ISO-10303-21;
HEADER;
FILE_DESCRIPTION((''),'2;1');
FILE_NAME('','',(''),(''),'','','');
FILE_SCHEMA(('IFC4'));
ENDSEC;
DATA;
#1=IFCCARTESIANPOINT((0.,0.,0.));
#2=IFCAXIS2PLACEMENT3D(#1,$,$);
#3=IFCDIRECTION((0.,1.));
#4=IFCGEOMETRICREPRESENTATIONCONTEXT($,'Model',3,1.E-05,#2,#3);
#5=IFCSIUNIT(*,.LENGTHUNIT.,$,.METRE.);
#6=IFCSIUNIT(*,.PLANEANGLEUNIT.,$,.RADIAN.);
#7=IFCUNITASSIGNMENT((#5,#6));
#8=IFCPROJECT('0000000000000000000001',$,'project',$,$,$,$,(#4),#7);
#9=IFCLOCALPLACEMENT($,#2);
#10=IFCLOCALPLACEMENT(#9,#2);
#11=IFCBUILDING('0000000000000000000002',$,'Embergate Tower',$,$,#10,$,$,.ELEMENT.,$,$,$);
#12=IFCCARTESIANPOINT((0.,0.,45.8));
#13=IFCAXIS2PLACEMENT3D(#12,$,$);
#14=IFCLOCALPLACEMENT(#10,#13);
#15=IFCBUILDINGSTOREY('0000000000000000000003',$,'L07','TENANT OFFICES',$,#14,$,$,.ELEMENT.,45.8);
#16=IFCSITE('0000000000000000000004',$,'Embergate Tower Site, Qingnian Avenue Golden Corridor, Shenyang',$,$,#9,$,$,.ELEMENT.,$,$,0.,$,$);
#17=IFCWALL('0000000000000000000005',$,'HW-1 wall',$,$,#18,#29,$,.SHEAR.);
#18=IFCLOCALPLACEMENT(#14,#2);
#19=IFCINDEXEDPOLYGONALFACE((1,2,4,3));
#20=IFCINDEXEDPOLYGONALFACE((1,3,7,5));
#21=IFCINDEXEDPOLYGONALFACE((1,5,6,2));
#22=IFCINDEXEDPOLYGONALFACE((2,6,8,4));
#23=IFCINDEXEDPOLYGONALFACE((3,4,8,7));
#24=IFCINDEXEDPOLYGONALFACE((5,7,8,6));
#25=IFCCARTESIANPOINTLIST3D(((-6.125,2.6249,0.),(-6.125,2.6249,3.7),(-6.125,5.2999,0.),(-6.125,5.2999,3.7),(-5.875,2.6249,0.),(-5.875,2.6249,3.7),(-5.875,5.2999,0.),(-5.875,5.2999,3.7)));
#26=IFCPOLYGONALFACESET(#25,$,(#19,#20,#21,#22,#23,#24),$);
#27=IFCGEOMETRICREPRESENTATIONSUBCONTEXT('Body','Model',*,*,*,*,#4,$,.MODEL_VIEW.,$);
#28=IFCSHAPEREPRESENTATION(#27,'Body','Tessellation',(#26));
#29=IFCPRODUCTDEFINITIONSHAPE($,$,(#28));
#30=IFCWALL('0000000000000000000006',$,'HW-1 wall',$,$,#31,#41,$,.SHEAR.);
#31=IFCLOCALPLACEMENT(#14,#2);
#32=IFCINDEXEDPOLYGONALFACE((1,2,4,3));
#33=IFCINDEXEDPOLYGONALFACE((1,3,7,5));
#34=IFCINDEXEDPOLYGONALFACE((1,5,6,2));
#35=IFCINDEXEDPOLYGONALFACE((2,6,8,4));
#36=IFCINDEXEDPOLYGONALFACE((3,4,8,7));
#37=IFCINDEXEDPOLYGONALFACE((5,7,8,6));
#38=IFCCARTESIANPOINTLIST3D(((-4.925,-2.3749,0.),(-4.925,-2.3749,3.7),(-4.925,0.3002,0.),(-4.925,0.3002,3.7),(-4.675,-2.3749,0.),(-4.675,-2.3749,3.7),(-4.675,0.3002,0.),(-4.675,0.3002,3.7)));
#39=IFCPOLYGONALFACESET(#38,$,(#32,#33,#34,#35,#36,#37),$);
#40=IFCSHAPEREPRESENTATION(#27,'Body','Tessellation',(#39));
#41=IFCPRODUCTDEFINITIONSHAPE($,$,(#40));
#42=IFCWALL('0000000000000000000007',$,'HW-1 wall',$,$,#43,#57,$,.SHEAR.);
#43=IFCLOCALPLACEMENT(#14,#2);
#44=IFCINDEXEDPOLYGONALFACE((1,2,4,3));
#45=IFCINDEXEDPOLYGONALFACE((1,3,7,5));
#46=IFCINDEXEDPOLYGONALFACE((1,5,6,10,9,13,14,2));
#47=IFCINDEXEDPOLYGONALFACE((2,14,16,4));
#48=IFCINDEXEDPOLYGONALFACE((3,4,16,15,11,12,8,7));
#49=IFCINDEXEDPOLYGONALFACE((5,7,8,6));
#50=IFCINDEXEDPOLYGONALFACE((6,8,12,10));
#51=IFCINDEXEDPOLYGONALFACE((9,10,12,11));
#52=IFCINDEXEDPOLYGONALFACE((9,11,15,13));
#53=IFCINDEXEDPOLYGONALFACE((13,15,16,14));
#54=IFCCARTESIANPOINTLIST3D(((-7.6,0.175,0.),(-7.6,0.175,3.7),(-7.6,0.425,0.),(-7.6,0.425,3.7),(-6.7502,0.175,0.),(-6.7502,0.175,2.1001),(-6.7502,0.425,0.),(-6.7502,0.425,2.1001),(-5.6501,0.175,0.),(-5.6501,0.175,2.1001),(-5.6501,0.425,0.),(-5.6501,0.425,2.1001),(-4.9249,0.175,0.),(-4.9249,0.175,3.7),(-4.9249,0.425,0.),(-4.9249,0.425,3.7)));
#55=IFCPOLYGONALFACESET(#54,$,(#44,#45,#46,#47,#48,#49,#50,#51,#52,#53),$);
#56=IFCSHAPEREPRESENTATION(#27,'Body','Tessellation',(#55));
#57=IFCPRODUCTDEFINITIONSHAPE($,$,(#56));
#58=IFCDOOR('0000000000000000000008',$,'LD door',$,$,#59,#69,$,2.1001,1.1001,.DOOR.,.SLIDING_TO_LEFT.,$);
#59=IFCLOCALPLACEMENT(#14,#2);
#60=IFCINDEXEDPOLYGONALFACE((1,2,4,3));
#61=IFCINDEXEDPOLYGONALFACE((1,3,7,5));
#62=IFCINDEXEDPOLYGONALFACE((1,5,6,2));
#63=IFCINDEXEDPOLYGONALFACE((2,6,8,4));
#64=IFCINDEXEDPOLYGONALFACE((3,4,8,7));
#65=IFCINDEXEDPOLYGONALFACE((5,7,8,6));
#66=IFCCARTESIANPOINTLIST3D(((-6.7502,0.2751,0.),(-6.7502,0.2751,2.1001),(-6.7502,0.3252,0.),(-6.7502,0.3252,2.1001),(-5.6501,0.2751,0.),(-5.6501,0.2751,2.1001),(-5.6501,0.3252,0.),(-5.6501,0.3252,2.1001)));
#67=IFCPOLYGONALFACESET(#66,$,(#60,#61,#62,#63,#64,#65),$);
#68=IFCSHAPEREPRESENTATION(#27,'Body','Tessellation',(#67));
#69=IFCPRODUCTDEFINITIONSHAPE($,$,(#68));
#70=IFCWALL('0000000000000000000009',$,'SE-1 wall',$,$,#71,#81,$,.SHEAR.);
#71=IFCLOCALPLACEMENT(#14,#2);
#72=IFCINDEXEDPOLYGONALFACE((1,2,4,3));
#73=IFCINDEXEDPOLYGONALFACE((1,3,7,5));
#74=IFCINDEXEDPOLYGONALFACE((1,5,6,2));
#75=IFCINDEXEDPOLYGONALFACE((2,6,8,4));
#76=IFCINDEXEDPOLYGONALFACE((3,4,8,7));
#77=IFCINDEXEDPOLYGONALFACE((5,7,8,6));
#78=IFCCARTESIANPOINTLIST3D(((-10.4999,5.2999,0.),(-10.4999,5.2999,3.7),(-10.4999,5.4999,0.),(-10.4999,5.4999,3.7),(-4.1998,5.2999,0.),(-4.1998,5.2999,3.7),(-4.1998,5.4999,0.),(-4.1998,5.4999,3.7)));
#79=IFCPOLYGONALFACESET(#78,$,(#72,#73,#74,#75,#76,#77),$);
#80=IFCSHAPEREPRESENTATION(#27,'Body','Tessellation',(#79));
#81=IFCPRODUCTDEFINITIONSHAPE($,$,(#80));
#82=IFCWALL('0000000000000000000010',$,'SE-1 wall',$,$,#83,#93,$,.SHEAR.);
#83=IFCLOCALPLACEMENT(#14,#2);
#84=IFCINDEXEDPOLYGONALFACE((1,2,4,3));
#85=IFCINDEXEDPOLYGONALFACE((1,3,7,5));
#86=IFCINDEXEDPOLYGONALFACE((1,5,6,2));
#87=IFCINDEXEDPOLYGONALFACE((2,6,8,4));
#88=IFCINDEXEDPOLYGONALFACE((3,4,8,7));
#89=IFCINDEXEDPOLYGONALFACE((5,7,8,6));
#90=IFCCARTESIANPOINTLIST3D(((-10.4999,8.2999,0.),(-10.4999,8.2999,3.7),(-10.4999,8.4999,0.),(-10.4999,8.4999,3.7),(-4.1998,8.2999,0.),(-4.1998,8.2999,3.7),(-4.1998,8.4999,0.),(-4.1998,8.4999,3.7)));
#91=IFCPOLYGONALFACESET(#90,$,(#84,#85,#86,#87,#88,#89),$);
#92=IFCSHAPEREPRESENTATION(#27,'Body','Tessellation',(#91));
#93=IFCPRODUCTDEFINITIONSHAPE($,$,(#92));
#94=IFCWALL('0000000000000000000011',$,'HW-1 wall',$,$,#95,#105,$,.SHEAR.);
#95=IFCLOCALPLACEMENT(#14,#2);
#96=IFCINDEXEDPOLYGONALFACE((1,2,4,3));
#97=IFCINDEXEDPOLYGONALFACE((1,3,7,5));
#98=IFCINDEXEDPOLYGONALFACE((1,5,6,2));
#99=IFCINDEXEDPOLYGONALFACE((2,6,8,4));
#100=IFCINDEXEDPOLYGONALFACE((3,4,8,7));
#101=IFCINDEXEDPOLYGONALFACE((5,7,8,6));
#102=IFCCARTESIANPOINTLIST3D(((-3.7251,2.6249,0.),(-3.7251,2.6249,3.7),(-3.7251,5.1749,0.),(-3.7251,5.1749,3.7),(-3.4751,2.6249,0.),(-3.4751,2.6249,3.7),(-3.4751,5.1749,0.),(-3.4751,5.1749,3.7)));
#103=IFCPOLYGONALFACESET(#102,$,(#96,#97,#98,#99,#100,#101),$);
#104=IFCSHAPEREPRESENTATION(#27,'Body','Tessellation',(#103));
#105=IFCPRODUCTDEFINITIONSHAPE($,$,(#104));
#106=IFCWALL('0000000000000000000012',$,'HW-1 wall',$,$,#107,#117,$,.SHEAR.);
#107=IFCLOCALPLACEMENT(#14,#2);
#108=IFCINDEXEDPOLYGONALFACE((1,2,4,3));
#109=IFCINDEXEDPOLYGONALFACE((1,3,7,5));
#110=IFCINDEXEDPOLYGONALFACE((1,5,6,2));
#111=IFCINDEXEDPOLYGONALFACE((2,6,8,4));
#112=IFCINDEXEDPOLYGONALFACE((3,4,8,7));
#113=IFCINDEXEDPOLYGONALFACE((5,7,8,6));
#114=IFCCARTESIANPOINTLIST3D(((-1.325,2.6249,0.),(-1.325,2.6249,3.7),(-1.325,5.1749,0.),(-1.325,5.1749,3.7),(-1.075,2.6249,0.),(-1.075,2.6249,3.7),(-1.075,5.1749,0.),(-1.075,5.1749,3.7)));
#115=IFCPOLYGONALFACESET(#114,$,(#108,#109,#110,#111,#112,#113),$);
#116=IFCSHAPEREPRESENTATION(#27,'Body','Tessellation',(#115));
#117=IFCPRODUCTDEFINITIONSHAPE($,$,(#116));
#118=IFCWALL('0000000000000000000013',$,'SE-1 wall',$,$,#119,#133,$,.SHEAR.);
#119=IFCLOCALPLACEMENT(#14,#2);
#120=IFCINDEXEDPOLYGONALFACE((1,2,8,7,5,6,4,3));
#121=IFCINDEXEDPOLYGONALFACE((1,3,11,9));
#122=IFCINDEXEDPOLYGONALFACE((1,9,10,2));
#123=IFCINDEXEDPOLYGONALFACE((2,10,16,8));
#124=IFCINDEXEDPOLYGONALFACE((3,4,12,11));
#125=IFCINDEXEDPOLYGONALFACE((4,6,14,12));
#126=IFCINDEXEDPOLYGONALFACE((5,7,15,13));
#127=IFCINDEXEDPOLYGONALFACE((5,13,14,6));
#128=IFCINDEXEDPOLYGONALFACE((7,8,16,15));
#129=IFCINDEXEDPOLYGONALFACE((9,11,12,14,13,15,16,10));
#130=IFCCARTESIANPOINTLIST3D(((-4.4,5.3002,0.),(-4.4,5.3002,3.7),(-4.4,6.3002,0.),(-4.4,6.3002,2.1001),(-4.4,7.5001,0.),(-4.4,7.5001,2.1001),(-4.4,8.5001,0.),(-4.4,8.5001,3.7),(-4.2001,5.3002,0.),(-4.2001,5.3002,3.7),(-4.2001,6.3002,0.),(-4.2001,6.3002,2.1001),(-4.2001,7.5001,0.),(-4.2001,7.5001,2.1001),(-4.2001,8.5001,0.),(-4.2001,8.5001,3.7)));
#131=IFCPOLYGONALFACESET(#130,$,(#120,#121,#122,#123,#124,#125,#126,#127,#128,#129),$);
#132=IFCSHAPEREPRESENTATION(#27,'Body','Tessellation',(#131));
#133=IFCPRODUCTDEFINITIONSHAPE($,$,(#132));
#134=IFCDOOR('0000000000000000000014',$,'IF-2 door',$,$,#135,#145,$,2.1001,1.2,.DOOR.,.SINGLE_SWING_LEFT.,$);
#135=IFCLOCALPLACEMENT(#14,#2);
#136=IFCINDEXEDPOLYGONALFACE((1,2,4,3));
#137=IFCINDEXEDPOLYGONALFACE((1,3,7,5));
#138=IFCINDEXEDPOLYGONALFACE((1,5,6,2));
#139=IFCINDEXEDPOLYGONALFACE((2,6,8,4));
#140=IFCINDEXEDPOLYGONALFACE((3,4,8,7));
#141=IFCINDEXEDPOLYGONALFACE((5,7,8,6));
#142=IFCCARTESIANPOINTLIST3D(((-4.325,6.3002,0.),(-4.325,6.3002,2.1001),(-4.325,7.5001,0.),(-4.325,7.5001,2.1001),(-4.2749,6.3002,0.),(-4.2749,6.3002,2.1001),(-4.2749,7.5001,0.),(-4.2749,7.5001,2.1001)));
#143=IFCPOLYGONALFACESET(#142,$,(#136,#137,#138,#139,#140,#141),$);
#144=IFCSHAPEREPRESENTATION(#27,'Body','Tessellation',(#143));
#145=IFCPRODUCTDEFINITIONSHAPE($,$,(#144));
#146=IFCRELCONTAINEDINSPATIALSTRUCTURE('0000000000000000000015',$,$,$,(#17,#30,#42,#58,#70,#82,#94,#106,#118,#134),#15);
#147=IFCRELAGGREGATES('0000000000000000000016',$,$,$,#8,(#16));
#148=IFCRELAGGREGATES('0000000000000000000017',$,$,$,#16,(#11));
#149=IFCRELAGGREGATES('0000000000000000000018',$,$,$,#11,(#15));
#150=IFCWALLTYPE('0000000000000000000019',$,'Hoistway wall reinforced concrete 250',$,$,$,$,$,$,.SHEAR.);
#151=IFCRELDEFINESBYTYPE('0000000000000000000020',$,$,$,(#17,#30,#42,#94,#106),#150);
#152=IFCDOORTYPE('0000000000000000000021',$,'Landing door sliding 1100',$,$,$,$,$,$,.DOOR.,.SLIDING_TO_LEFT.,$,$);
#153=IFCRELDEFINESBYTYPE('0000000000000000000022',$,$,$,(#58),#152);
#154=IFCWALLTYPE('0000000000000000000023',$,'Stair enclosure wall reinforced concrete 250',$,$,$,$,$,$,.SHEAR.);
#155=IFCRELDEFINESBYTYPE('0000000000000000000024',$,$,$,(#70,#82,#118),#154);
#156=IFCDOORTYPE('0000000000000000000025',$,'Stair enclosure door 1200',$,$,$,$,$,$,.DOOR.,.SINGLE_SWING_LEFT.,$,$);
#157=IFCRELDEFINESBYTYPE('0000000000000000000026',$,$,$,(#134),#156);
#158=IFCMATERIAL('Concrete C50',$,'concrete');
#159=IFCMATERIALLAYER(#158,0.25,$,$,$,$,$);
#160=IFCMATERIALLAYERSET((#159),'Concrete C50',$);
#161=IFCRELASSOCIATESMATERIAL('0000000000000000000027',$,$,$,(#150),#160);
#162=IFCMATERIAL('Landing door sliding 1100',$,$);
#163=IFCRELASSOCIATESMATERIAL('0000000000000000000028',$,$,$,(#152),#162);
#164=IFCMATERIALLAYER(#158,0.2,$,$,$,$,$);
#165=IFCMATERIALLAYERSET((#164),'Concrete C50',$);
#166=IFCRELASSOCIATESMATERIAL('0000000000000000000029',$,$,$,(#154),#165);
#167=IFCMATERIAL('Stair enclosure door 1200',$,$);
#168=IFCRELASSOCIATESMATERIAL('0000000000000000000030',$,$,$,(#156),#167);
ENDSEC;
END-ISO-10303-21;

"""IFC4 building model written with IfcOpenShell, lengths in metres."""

from ifc_helpers import new_model, si_unit, direction, frame, frame_2d, origin, place, context, subcontext, project, spatial, rectangle, extrude, source, transform, mapped, material, layer, layer_set, type_object, element, fill, save


model = new_model("IFC4")

# Units and contexts
model_context = context("Model", 3, precision=1e-05, world=origin(), true_north=direction((0.0, 1.0)))
body_context = subcontext(model_context, "Body", "Model", "MODEL_VIEW")
ifc_project = project(units=[si_unit("LENGTHUNIT", "METRE"), si_unit("PLANEANGLEUNIT", "RADIAN")], contexts=[model_context])

# Site, building, storey
site_placement = place(None, origin())
site = spatial("IfcSite", under=ifc_project, at=site_placement, Name="Embergate Tower Site, Qingnian Avenue Golden Corridor, Shenyang", CompositionType="ELEMENT", RefElevation=0.0)
building_placement = place(site_placement, origin())
building = spatial("IfcBuilding", under=site, at=building_placement, Name="Embergate Tower", CompositionType="ELEMENT")
storey_placement = place(building_placement, frame((0.0, 0.0, 45.8)))
storey = spatial("IfcBuildingStorey", under=building, at=storey_placement, Name="L07", Description="TENANT OFFICES", CompositionType="ELEMENT", Elevation=45.8)

# Walls
ifc_material_1 = material(Name="Concrete C50", Category="concrete")
ifc_layer_1 = layer(ifc_material_1, 0.25)
ifc_layer_set_1 = layer_set([ifc_layer_1], Name="Concrete C50")
wall_type_1 = type_object("IfcWallType", Name="Hoistway wall reinforced concrete 250", PredefinedType="SHEAR", material=ifc_layer_set_1)
shared_shape_1 = source(origin(), body_context, "Body", "SweptSolid", [
    extrude(rectangle(XDim=2.675, YDim=0.25, at=frame_2d((1.3374, 0.0))), origin(), (0.0, 0.0, 1.0), 3.7),
])
for number, where, z_axis, x_axis, name in (
    (1, (-6.0, 2.625, 0.0), (0.0, 0.0, 1.0), (0.0, 1.0, 0.0), "HW-1 wall"),
    (2, (-4.8, 0.3, 0.0), (0.0, 0.0, 1.0), (0.0, -1.0, 0.0), "HW-1 wall"),
):
    element("IfcWall", number, at=place(storey_placement, frame(where, z_axis=z_axis, x_axis=x_axis)), inside=storey, type_object=wall_type_1, Name=name, PredefinedType="SHEAR", context=body_context, shape_type="MappedRepresentation", body=[
        mapped(shared_shape_1, transform((0.0, 0.0, 0.0))),
    ])

# Wall, opening, door
wall_1_placement = place(storey_placement, frame((-4.925, 0.3, 0.0), z_axis=(0.0, 0.0, 1.0), x_axis=(-1.0, 0.0, 0.0)))
wall_1 = element("IfcWall", 3, at=wall_1_placement, inside=storey, type_object=wall_type_1, Name="HW-1 wall", PredefinedType="SHEAR", context=body_context, shape_type="MappedRepresentation", body=[
    mapped(shared_shape_1, transform((0.0, 0.0, 0.0))),
])
shared_shape_2 = source(origin(), body_context, "Body", "SweptSolid", [
    extrude(rectangle(XDim=1.1001, YDim=2.1001, at=frame_2d((0.55, 1.05))), frame((0.0, 0.135, 0.0), z_axis=(0.0, -1.0, 0.0), x_axis=(1.0, 0.0, 0.0)), (0.0, 0.0, 1.0), 0.27),
])
opening_1_placement = place(wall_1_placement, frame((0.7251, 0.0, 0.0)))
opening_1 = element("IfcOpeningElement", 4, at=opening_1_placement, cuts=wall_1, PredefinedType="OPENING", context=body_context, shape_type="MappedRepresentation", body=[
    mapped(shared_shape_2, transform((0.0, 0.0, 0.0))),
])
ifc_material_2 = material(Name="Landing door sliding 1100")
door_type_1 = type_object("IfcDoorType", Name="Landing door sliding 1100", OperationType="SLIDING_TO_LEFT", PredefinedType="DOOR", material=ifc_material_2)
shared_shape_3 = source(origin(), body_context, "Body", "SweptSolid", [
    extrude(rectangle(XDim=1.1001, YDim=2.1001, at=frame_2d((0.55, 1.05))), frame((0.0, 0.0249, 0.0), z_axis=(0.0, -1.0, 0.0), x_axis=(1.0, 0.0, 0.0)), (0.0, 0.0, 1.0), 0.05),
])
door_1_placement = place(opening_1_placement, origin())
door_1 = element("IfcDoor", 5, at=door_1_placement, inside=storey, type_object=door_type_1, Name="LD door", OperationType="SLIDING_TO_LEFT", OverallHeight=2.1001, OverallWidth=1.1001, PredefinedType="DOOR", context=body_context, shape_type="MappedRepresentation", body=[
    mapped(shared_shape_3, transform((0.0, 0.0, 0.0))),
])
fill(opening_1, door_1)

# Walls
ifc_layer_2 = layer(ifc_material_1, 0.2)
ifc_layer_set_2 = layer_set([ifc_layer_2], Name="Concrete C50")
wall_type_2 = type_object("IfcWallType", Name="Stair enclosure wall reinforced concrete 250", PredefinedType="SHEAR", material=ifc_layer_set_2)
shared_shape_4 = source(origin(), body_context, "Body", "SweptSolid", [
    extrude(rectangle(XDim=6.3, YDim=0.2, at=frame_2d((3.1499, 0.0))), origin(), (0.0, 0.0, 1.0), 3.7),
])
for number, where, z_axis, x_axis, name in (
    (6, (-4.2, 5.3999, 0.0), (0.0, 0.0, 1.0), (-1.0, 0.0, 0.0), "SE-1 wall"),
    (7, (-4.2, 8.3999, 0.0), (0.0, 0.0, 1.0), (-1.0, 0.0, 0.0), "SE-1 wall"),
):
    element("IfcWall", number, at=place(storey_placement, frame(where, z_axis=z_axis, x_axis=x_axis)), inside=storey, type_object=wall_type_2, Name=name, PredefinedType="SHEAR", context=body_context, shape_type="MappedRepresentation", body=[
        mapped(shared_shape_4, transform((0.0, 0.0, 0.0))),
    ])
shared_shape_5 = source(origin(), body_context, "Body", "SweptSolid", [
    extrude(rectangle(XDim=2.55, YDim=0.25, at=frame_2d((1.2749, 0.0))), origin(), (0.0, 0.0, 1.0), 3.7),
])
for number, where, z_axis, x_axis, name in (
    (8, (-3.6001, 2.625, 0.0), (0.0, 0.0, 1.0), (0.0, 1.0, 0.0), "HW-1 wall"),
    (9, (-1.2, 2.625, 0.0), (0.0, 0.0, 1.0), (0.0, 1.0, 0.0), "HW-1 wall"),
):
    element("IfcWall", number, at=place(storey_placement, frame(where, z_axis=z_axis, x_axis=x_axis)), inside=storey, type_object=wall_type_1, Name=name, PredefinedType="SHEAR", context=body_context, shape_type="MappedRepresentation", body=[
        mapped(shared_shape_5, transform((0.0, 0.0, 0.0))),
    ])

# Wall, opening, door
shared_shape_6 = source(origin(), body_context, "Body", "SweptSolid", [
    extrude(rectangle(XDim=3.2, YDim=0.2, at=frame_2d((1.6001, 0.0))), origin(), (0.0, 0.0, 1.0), 3.7),
])
wall_2_placement = place(storey_placement, frame((-4.3, 5.3, 0.0), z_axis=(0.0, 0.0, 1.0), x_axis=(0.0, 1.0, 0.0)))
wall_2 = element("IfcWall", 10, at=wall_2_placement, inside=storey, type_object=wall_type_2, Name="SE-1 wall", PredefinedType="SHEAR", context=body_context, shape_type="MappedRepresentation", body=[
    mapped(shared_shape_6, transform((0.0, 0.0, 0.0))),
])
shared_shape_7 = source(origin(), body_context, "Body", "SweptSolid", [
    extrude(rectangle(XDim=1.2, YDim=2.1001, at=frame_2d((0.6001, 1.05))), frame((0.0, 0.1099, 0.0), z_axis=(0.0, -1.0, 0.0), x_axis=(1.0, 0.0, 0.0)), (0.0, 0.0, 1.0), 0.22),
])
opening_2_placement = place(wall_2_placement, frame((1.0, 0.0, 0.0)))
opening_2 = element("IfcOpeningElement", 11, at=opening_2_placement, cuts=wall_2, PredefinedType="OPENING", context=body_context, shape_type="MappedRepresentation", body=[
    mapped(shared_shape_7, transform((0.0, 0.0, 0.0))),
])
ifc_material_3 = material(Name="Stair enclosure door 1200")
door_type_2 = type_object("IfcDoorType", Name="Stair enclosure door 1200", OperationType="SINGLE_SWING_LEFT", PredefinedType="DOOR", material=ifc_material_3)
shared_shape_8 = source(origin(), body_context, "Body", "SweptSolid", [
    extrude(rectangle(XDim=1.2, YDim=2.1001, at=frame_2d((0.6001, 1.05))), frame((0.0, 0.0249, 0.0), z_axis=(0.0, -1.0, 0.0), x_axis=(1.0, 0.0, 0.0)), (0.0, 0.0, 1.0), 0.05),
])
door_2_placement = place(opening_2_placement, origin())
door_2 = element("IfcDoor", 12, at=door_2_placement, inside=storey, type_object=door_type_2, Name="IF-2 door", OperationType="SINGLE_SWING_LEFT", OverallHeight=2.1001, OverallWidth=1.2, PredefinedType="DOOR", context=body_context, shape_type="MappedRepresentation", body=[
    mapped(shared_shape_8, transform((0.0, 0.0, 0.0))),
])
fill(opening_2, door_2)

save(model, "model.ifc")
